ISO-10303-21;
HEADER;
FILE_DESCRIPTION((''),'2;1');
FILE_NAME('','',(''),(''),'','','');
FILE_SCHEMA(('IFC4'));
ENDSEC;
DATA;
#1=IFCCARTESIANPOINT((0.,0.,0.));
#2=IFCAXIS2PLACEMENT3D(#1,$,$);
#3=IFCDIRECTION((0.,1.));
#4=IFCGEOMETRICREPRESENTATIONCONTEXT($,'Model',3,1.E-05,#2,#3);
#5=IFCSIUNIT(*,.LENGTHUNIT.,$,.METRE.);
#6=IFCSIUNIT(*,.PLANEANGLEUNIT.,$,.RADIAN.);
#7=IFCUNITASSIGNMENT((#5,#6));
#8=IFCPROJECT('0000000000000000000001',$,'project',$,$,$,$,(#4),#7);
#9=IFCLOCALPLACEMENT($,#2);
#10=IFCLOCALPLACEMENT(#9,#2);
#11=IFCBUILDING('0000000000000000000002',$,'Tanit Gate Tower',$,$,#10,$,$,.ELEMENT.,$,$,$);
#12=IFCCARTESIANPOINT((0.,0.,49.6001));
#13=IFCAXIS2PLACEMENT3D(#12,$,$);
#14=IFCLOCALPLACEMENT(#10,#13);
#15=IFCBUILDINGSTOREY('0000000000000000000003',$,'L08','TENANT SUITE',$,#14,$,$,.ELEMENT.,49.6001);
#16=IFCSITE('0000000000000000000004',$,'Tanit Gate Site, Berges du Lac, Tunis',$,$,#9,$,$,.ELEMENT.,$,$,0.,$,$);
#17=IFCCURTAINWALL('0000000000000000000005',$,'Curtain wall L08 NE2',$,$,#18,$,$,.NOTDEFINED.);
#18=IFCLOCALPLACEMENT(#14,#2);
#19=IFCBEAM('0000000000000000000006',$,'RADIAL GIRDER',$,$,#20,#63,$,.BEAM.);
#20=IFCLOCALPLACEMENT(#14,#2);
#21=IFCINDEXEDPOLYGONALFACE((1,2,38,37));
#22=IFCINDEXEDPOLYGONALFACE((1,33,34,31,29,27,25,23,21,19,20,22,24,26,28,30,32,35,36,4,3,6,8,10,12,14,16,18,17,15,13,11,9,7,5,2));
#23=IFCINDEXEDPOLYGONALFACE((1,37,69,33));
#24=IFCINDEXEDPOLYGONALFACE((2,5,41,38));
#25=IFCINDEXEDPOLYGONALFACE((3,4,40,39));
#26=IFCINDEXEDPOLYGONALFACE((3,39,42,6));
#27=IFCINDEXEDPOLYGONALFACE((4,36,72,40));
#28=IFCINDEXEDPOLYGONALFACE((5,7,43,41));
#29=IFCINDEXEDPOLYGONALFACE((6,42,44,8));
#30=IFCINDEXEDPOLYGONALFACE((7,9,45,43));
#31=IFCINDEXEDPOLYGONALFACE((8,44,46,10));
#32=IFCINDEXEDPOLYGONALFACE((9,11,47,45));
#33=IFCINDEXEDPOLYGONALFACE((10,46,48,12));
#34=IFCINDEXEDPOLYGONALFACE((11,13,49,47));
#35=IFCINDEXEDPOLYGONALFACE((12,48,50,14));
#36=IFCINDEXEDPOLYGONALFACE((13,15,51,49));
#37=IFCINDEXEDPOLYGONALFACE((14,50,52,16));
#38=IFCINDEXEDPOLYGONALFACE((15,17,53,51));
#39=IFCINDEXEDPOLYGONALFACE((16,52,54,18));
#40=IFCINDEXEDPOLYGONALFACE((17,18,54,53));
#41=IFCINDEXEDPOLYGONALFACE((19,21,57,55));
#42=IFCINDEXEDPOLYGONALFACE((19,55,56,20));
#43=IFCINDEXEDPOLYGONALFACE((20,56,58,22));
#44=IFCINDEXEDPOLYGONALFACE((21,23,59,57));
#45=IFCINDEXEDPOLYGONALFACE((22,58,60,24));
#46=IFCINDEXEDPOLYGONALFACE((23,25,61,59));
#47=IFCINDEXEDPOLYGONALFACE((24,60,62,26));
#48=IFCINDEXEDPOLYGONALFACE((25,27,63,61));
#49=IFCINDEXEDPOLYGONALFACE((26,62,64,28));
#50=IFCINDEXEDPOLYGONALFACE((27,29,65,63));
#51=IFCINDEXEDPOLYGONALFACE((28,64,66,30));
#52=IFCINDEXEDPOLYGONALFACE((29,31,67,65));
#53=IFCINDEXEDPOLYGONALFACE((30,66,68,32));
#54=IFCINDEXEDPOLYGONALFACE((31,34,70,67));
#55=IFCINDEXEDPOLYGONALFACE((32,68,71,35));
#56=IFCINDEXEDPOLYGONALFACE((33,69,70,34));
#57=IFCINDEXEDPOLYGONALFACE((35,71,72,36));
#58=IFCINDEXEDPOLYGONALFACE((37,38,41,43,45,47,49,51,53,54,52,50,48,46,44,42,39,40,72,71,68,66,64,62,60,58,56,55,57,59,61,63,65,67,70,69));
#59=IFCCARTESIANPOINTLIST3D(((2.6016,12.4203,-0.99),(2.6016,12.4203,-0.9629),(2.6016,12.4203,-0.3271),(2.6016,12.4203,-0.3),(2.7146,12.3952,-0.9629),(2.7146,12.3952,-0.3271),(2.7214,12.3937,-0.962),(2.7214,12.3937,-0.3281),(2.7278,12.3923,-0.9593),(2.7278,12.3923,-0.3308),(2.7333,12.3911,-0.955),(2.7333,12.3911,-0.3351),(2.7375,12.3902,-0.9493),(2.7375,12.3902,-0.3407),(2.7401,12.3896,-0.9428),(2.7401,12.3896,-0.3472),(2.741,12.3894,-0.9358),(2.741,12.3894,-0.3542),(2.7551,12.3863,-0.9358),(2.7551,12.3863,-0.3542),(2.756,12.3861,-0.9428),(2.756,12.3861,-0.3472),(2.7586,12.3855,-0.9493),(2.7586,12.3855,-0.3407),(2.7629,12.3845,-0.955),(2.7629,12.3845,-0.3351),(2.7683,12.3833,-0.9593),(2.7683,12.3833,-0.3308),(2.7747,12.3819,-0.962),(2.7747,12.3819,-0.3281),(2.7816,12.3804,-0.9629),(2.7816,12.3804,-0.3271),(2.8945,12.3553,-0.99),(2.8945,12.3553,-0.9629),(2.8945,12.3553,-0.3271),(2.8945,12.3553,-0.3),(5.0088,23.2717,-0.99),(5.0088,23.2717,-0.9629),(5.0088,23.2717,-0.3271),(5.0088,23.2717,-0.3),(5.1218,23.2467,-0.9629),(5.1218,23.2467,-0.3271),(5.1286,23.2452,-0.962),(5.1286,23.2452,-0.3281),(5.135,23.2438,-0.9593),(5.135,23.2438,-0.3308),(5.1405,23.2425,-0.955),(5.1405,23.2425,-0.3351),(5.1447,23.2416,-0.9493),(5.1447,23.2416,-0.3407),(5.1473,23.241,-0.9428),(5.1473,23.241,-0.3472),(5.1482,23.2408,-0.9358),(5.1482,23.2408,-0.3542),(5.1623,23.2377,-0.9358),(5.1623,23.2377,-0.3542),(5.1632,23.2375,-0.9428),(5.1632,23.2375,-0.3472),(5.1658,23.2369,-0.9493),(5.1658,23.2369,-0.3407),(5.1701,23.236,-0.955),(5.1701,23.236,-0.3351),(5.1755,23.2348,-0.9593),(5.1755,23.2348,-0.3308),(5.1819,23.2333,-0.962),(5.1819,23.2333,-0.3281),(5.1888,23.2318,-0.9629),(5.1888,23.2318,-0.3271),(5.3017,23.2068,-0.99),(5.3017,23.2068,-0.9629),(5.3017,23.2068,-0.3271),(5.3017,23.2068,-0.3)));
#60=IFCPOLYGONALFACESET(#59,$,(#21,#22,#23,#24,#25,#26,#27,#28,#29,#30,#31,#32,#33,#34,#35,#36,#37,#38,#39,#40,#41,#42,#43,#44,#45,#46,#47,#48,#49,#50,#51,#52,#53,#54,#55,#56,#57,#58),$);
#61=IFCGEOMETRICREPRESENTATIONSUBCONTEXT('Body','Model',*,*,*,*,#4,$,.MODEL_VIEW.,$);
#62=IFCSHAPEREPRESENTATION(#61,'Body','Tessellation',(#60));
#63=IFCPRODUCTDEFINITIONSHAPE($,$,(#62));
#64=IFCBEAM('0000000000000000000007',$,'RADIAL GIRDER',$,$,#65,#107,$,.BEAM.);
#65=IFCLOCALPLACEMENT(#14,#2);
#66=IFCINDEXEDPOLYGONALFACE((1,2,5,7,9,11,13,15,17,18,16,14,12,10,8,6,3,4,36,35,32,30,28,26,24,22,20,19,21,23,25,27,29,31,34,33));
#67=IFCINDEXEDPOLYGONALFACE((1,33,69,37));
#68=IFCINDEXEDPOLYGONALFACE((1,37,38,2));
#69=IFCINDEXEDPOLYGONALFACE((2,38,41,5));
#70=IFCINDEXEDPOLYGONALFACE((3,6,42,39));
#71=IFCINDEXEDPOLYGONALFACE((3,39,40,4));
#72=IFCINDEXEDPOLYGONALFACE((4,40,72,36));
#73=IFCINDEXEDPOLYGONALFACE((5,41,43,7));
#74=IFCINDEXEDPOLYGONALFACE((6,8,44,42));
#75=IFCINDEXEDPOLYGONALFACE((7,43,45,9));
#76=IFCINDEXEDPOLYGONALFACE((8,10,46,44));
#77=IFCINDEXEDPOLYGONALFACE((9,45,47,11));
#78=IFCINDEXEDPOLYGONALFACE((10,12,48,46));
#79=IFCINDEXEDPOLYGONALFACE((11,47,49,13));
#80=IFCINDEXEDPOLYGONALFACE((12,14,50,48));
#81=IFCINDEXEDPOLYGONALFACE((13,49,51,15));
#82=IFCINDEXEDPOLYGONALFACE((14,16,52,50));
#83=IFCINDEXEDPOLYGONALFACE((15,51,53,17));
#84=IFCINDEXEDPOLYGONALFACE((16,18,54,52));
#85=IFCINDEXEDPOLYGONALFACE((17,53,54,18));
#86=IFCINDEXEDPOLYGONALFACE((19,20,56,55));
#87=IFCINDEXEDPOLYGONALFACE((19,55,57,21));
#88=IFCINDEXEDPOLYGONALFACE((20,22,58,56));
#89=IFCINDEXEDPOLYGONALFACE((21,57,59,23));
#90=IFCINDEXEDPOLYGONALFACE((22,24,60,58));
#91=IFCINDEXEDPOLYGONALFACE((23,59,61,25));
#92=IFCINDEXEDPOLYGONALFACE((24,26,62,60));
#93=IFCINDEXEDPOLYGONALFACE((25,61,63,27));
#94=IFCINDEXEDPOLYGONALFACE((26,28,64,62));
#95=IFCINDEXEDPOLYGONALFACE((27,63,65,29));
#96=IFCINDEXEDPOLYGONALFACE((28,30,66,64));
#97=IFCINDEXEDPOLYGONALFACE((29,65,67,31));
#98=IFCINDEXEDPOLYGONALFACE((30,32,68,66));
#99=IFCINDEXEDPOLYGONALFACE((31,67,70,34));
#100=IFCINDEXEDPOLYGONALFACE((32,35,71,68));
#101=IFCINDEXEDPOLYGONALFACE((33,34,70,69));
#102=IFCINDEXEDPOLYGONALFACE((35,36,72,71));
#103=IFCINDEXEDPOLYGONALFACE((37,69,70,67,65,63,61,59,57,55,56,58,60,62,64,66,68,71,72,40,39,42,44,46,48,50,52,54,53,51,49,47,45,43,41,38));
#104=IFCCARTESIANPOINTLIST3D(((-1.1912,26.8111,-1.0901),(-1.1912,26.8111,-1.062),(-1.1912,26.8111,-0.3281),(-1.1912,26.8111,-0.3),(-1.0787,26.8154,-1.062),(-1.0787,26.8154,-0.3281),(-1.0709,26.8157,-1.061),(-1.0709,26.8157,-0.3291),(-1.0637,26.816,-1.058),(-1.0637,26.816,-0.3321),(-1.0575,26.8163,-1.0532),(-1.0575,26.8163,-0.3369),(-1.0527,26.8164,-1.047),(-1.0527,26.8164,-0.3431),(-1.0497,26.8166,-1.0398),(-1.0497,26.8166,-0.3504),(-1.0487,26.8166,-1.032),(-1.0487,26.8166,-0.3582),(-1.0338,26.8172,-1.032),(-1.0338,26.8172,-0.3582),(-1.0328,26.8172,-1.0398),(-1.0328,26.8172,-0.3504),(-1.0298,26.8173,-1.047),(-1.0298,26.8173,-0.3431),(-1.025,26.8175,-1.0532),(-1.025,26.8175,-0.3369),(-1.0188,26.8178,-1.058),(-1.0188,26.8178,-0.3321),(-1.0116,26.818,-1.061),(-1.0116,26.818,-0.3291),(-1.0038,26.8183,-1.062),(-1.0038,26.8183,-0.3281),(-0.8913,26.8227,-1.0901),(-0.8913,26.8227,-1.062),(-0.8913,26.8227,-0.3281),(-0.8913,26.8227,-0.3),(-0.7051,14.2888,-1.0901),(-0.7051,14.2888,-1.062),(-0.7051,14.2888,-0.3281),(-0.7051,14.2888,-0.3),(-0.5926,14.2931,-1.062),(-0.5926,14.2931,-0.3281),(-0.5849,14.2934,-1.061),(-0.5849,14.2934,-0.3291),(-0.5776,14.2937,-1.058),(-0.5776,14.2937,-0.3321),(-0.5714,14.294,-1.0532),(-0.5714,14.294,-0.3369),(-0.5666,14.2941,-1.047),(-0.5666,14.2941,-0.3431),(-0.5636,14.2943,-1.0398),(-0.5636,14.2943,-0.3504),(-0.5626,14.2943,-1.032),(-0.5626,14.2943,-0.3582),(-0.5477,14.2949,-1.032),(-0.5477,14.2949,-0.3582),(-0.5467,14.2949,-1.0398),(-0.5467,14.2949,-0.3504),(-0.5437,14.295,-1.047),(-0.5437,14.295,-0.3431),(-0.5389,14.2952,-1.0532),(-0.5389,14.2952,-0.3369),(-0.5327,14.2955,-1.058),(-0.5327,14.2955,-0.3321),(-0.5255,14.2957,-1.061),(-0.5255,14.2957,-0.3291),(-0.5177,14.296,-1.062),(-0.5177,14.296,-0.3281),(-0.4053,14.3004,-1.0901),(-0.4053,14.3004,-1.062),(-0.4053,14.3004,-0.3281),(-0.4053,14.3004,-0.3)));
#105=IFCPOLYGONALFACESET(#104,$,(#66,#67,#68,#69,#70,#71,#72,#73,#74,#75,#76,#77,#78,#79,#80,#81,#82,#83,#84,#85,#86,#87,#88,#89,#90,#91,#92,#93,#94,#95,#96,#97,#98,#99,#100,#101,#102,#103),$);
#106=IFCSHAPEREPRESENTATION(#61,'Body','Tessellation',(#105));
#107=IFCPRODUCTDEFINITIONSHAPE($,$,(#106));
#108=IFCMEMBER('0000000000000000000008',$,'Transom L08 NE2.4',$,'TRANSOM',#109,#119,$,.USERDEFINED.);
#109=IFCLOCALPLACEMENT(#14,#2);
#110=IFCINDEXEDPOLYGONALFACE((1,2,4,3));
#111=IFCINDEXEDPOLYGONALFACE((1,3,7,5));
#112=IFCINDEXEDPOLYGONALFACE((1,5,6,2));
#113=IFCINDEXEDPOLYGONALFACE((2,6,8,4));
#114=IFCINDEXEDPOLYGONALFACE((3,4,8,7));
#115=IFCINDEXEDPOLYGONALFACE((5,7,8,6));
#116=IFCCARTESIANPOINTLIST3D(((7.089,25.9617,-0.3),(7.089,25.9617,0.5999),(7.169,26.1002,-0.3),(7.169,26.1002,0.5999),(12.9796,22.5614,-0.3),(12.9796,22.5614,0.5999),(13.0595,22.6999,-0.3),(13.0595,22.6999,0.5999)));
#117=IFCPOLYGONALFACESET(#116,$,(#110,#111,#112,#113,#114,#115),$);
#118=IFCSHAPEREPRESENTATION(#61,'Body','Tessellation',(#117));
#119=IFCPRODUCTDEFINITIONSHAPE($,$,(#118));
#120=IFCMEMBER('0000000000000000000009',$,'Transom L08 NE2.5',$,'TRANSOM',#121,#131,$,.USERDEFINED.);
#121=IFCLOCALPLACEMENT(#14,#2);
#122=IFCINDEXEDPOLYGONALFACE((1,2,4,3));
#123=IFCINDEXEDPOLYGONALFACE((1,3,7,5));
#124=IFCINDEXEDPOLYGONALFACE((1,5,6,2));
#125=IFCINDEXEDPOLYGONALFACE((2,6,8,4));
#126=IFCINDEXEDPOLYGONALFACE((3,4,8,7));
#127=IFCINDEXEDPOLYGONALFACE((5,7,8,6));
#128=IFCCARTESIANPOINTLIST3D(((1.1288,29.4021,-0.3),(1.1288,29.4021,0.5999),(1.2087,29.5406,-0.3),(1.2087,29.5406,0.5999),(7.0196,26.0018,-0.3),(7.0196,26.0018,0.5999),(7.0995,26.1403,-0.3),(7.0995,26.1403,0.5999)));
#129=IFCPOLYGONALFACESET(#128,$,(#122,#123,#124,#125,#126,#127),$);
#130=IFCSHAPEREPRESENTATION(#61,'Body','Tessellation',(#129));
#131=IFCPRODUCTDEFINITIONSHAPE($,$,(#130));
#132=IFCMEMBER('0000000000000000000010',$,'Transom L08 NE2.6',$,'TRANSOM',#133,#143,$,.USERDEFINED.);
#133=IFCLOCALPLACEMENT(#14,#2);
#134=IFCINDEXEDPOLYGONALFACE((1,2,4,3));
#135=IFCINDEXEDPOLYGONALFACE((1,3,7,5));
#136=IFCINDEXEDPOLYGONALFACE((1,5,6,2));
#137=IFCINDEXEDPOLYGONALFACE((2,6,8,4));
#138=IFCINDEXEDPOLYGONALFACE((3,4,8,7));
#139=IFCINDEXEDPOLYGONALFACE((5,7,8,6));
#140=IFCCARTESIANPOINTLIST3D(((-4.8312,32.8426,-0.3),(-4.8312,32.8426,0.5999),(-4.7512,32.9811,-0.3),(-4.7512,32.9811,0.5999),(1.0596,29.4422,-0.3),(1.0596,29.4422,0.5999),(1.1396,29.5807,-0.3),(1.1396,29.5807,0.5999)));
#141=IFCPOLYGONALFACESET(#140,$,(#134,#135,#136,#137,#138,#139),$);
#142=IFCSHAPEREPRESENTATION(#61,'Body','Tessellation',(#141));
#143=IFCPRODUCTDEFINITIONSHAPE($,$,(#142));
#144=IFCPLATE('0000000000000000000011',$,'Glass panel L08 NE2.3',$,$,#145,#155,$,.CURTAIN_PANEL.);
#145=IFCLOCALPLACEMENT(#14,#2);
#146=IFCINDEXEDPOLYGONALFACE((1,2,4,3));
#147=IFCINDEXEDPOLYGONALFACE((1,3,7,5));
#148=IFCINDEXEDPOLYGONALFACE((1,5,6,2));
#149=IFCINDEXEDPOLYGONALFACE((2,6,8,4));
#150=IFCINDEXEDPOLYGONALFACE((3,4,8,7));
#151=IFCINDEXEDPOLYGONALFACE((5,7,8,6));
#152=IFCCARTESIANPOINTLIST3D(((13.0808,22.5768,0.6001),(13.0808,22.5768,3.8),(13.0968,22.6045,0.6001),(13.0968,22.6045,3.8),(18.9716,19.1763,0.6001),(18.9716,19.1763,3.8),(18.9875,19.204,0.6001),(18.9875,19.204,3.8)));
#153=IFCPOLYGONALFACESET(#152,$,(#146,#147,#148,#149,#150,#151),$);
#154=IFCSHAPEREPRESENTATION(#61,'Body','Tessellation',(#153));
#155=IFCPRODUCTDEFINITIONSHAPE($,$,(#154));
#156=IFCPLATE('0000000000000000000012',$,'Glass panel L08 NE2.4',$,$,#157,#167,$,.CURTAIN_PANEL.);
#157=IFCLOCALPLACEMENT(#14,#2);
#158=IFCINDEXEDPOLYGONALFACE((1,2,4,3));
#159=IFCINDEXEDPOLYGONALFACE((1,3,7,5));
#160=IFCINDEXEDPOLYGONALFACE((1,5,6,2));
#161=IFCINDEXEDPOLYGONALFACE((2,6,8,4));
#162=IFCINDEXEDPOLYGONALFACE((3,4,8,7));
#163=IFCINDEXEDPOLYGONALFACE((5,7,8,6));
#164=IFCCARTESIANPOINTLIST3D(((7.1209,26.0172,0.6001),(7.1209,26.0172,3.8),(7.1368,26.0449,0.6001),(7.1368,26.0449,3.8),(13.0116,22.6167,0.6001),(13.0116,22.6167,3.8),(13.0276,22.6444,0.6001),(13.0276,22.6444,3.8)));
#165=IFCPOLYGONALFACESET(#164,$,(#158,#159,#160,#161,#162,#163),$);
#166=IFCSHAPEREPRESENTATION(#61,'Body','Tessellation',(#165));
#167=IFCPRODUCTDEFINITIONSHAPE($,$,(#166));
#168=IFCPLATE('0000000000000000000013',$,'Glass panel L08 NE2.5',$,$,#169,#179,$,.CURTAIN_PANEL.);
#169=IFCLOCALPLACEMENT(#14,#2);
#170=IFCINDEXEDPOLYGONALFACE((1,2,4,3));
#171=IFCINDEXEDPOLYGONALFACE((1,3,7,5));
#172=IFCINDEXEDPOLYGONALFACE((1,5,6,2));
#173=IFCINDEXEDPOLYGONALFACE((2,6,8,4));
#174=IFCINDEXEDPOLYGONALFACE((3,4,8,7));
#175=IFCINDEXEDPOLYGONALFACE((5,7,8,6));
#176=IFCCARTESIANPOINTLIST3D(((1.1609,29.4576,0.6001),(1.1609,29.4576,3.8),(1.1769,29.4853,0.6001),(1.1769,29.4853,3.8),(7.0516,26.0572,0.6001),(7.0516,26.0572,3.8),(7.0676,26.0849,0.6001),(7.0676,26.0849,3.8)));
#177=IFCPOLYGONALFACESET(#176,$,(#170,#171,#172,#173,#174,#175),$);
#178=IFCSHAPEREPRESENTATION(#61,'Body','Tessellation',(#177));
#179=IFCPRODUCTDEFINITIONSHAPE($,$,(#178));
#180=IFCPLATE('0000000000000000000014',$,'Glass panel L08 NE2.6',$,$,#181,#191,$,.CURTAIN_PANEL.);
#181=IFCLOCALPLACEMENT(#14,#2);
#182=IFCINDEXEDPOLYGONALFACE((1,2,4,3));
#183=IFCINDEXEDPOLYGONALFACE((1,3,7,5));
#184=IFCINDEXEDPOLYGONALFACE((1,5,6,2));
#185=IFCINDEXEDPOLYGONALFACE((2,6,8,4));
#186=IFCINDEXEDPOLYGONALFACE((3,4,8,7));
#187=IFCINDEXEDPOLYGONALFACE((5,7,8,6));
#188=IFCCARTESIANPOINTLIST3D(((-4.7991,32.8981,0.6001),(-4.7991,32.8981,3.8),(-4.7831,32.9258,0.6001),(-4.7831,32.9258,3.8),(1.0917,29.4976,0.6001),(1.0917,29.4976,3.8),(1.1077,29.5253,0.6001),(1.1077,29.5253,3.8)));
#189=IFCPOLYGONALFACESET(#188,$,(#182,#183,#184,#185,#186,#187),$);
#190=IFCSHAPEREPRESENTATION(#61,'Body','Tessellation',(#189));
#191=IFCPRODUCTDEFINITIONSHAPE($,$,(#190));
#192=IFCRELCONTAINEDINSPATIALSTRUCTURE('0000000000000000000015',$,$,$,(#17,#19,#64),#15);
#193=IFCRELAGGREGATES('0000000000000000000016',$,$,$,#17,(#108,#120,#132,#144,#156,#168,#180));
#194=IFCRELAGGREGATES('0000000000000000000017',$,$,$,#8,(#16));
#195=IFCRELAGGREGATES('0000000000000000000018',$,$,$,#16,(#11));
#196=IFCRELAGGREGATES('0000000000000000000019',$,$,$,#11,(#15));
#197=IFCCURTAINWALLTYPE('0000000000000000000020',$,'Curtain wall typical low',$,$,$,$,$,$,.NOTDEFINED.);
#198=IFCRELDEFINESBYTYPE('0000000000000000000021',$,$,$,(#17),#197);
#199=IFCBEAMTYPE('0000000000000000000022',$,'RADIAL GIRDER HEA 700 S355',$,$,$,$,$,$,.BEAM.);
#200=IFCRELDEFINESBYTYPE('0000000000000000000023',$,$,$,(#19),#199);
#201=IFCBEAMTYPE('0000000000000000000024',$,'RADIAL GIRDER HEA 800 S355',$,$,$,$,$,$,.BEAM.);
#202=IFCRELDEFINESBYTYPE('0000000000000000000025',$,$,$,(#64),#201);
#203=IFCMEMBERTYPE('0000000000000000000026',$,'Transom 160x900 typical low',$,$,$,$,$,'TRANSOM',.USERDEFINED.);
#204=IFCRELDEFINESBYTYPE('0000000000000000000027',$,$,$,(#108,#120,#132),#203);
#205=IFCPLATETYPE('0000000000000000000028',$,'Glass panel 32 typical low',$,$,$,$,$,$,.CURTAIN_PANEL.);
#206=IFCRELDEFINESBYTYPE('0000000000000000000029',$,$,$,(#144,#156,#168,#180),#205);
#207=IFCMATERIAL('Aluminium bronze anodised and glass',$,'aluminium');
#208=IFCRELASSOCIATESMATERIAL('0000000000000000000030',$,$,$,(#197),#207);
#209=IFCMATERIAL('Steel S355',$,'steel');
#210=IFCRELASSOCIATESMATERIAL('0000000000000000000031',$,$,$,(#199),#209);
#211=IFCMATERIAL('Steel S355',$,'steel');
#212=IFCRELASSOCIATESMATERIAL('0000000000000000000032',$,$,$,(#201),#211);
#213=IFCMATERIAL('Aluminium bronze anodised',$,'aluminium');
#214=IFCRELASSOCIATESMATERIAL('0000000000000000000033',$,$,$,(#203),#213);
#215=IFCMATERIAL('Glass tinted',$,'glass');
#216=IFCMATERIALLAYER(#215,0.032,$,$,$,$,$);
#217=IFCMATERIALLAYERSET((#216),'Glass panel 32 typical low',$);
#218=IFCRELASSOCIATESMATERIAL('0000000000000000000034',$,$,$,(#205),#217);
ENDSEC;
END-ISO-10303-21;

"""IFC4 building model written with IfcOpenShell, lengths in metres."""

from ifc_helpers import new_model, si_unit, direction, frame, origin, origin_2d, place, context, subcontext, project, spatial, rectangle, i_section, extrude, material, layer, layer_set, material_profile, profile_set, type_object, element, aggregate, save


model = new_model("IFC4")

# Units and contexts
model_context = context("Model", 3, precision=1e-05, world=origin(), true_north=direction((0.0, 1.0)))
body_context = subcontext(model_context, "Body", "Model", "MODEL_VIEW")
ifc_project = project(units=[si_unit("LENGTHUNIT", "METRE"), si_unit("PLANEANGLEUNIT", "RADIAN")], contexts=[model_context])

# Site, building, storey
site_placement = place(None, origin())
site = spatial("IfcSite", under=ifc_project, at=site_placement, Name="Tanit Gate Site, Berges du Lac, Tunis", CompositionType="ELEMENT", RefElevation=0.0)
building_placement = place(site_placement, origin())
building = spatial("IfcBuilding", under=site, at=building_placement, Name="Tanit Gate Tower", CompositionType="ELEMENT")
storey_placement = place(building_placement, frame((0.0, 0.0, 49.6001)))
storey = spatial("IfcBuildingStorey", under=building, at=storey_placement, Name="L08", Description="TENANT SUITE", CompositionType="ELEMENT", Elevation=49.6001)

# Curtain wall
ifc_material_1 = material(Name="Aluminium bronze anodised and glass", Category="aluminium")
curtain_wall_type = type_object("IfcCurtainWallType", Name="Curtain wall typical low", PredefinedType="NOTDEFINED", material=ifc_material_1)
curtain_wall_placement = place(storey_placement, origin())
curtain_wall = element("IfcCurtainWall", 1, at=curtain_wall_placement, inside=storey, type_object=curtain_wall_type, Name="Curtain wall L08 NE2", PredefinedType="NOTDEFINED")

# Beams
ifc_material_2 = material(Name="Steel S355", Category="steel")
ifc_material_profile_1 = material_profile(ifc_material_2, i_section(OverallWidth=0.3, OverallDepth=0.6899, WebThickness=0.0144, FlangeThickness=0.0271, FilletRadius=0.0271, at=origin_2d()), Name="HEA 700")
ifc_profile_set_1 = profile_set([ifc_material_profile_1], Name="Steel S355")
beam_type_1 = type_object("IfcBeamType", Name="RADIAL GIRDER HEA 700 S355", PredefinedType="BEAM", material=ifc_profile_set_1)
beam_1_placement = place(storey_placement, frame((5.1553, 23.2393, -0.645), z_axis=(-0.216568, -0.976268, 0.0), x_axis=(0.976268, -0.216568, 0.0)))
element("IfcBeam", 2, at=beam_1_placement, inside=storey, type_object=beam_type_1, Name="RADIAL GIRDER", PredefinedType="BEAM", context=body_context, shape_type="SweptSolid", body=[
    extrude(i_section(OverallWidth=0.3, OverallDepth=0.6899, WebThickness=0.0144, FlangeThickness=0.0271, FilletRadius=0.0271, at=origin_2d()), origin(), (0.0, 0.0, 1.0), 11.1152),
])
ifc_material_3 = material(Name="Steel S355", Category="steel")
ifc_material_profile_2 = material_profile(ifc_material_3, i_section(OverallWidth=0.3, OverallDepth=0.79, WebThickness=0.0149, FlangeThickness=0.0281, FilletRadius=0.03, at=origin_2d()), Name="HEA 800")
ifc_profile_set_2 = profile_set([ifc_material_profile_2], Name="Steel S355")
beam_type_2 = type_object("IfcBeamType", Name="RADIAL GIRDER HEA 800 S355", PredefinedType="BEAM", material=ifc_profile_set_2)
beam_2_placement = place(storey_placement, frame((-1.0413, 26.8169, -0.6951), z_axis=(0.038789, -0.999247, 0.0), x_axis=(0.999247, 0.038789, 0.0)))
element("IfcBeam", 3, at=beam_2_placement, inside=storey, type_object=beam_type_2, Name="RADIAL GIRDER", PredefinedType="BEAM", context=body_context, shape_type="SweptSolid", body=[
    extrude(i_section(OverallWidth=0.3, OverallDepth=0.79, WebThickness=0.0149, FlangeThickness=0.0281, FilletRadius=0.03, at=origin_2d()), origin(), (0.0, 0.0, 1.0), 12.5317),
])

# Members
ifc_material_4 = material(Name="Aluminium bronze anodised", Category="aluminium")
ifc_material_profile_3 = material_profile(ifc_material_4, rectangle(XDim=0.1599, YDim=0.8999, at=origin_2d()), Name="160x900 bronze transom")
ifc_profile_set_3 = profile_set([ifc_material_profile_3], Name="Aluminium bronze anodised")
member_type_1 = type_object("IfcMemberType", Name="Transom 160x900 typical low", ElementType="TRANSOM", PredefinedType="USERDEFINED", material=ifc_profile_set_3)
member_1_placement = place(storey_placement, frame((13.0195, 22.6306, 0.1499), z_axis=(-0.866061, 0.499938, 0.0), x_axis=(-0.499938, -0.866061, 0.0)))
member_1 = element("IfcMember", 4, at=member_1_placement, type_object=member_type_1, Name="Transom L08 NE2.4", ObjectType="TRANSOM", PredefinedType="USERDEFINED", context=body_context, shape_type="SweptSolid", body=[
    extrude(rectangle(XDim=0.1599, YDim=0.8999, at=origin_2d()), origin(), (0.0, 0.0, 1.0), 6.8015),
])
member_2_placement = place(storey_placement, frame((7.0596, 26.071, 0.1499), z_axis=(-0.86607, 0.499922, 0.0), x_axis=(-0.499922, -0.86607, 0.0)))
member_2 = element("IfcMember", 5, at=member_2_placement, type_object=member_type_1, Name="Transom L08 NE2.5", ObjectType="TRANSOM", PredefinedType="USERDEFINED", context=body_context, shape_type="SweptSolid", body=[
    extrude(rectangle(XDim=0.1599, YDim=0.8999, at=origin_2d()), origin(), (0.0, 0.0, 1.0), 6.8018),
])
member_3_placement = place(storey_placement, frame((1.0996, 29.5115, 0.1499), z_axis=(-0.86607, 0.499922, 0.0), x_axis=(-0.499922, -0.86607, 0.0)))
member_3 = element("IfcMember", 6, at=member_3_placement, type_object=member_type_1, Name="Transom L08 NE2.6", ObjectType="TRANSOM", PredefinedType="USERDEFINED", context=body_context, shape_type="SweptSolid", body=[
    extrude(rectangle(XDim=0.1599, YDim=0.8999, at=origin_2d()), origin(), (0.0, 0.0, 1.0), 6.8018),
])

# Plates
ifc_material_5 = material(Name="Glass tinted", Category="glass")
ifc_layer_1 = layer(ifc_material_5, 0.032)
ifc_layer_set_1 = layer_set([ifc_layer_1], Name="Glass panel 32 typical low")
plate_type = type_object("IfcPlateType", Name="Glass panel 32 typical low", PredefinedType="CURTAIN_PANEL", material=ifc_layer_set_1)
plate_1_placement = place(storey_placement, frame((16.0342, 20.8904, 0.6001), z_axis=(0.0, 0.0, 1.0), x_axis=(-0.86606, 0.49994, 0.0)))
plate_1 = element("IfcPlate", 7, at=plate_1_placement, type_object=plate_type, Name="Glass panel L08 NE2.3", PredefinedType="CURTAIN_PANEL", context=body_context, shape_type="SweptSolid", body=[
    extrude(rectangle(XDim=6.8018, YDim=0.032, at=origin_2d()), origin(), (0.0, 0.0, 1.0), 3.2),
])
plate_2_placement = place(storey_placement, frame((10.0742, 24.3308, 0.6001), z_axis=(0.0, 0.0, 1.0), x_axis=(-0.86606, 0.49994, 0.0)))
plate_2 = element("IfcPlate", 8, at=plate_2_placement, type_object=plate_type, Name="Glass panel L08 NE2.4", PredefinedType="CURTAIN_PANEL", context=body_context, shape_type="SweptSolid", body=[
    extrude(rectangle(XDim=6.8018, YDim=0.032, at=origin_2d()), origin(), (0.0, 0.0, 1.0), 3.2),
])
plate_3_placement = place(storey_placement, frame((4.1143, 27.7712, 0.6001), z_axis=(0.0, 0.0, 1.0), x_axis=(-0.86606, 0.49994, 0.0)))
plate_3 = element("IfcPlate", 9, at=plate_3_placement, type_object=plate_type, Name="Glass panel L08 NE2.5", PredefinedType="CURTAIN_PANEL", context=body_context, shape_type="SweptSolid", body=[
    extrude(rectangle(XDim=6.8018, YDim=0.032, at=origin_2d()), origin(), (0.0, 0.0, 1.0), 3.2),
])
plate_4_placement = place(storey_placement, frame((-1.8457, 31.2117, 0.6001), z_axis=(0.0, 0.0, 1.0), x_axis=(-0.86606, 0.49994, 0.0)))
plate_4 = element("IfcPlate", 10, at=plate_4_placement, type_object=plate_type, Name="Glass panel L08 NE2.6", PredefinedType="CURTAIN_PANEL", context=body_context, shape_type="SweptSolid", body=[
    extrude(rectangle(XDim=6.8018, YDim=0.032, at=origin_2d()), origin(), (0.0, 0.0, 1.0), 3.2),
])
aggregate(curtain_wall, [member_1, member_2, member_3, plate_1, plate_2, plate_3, plate_4])

save(model, "model.ifc")
